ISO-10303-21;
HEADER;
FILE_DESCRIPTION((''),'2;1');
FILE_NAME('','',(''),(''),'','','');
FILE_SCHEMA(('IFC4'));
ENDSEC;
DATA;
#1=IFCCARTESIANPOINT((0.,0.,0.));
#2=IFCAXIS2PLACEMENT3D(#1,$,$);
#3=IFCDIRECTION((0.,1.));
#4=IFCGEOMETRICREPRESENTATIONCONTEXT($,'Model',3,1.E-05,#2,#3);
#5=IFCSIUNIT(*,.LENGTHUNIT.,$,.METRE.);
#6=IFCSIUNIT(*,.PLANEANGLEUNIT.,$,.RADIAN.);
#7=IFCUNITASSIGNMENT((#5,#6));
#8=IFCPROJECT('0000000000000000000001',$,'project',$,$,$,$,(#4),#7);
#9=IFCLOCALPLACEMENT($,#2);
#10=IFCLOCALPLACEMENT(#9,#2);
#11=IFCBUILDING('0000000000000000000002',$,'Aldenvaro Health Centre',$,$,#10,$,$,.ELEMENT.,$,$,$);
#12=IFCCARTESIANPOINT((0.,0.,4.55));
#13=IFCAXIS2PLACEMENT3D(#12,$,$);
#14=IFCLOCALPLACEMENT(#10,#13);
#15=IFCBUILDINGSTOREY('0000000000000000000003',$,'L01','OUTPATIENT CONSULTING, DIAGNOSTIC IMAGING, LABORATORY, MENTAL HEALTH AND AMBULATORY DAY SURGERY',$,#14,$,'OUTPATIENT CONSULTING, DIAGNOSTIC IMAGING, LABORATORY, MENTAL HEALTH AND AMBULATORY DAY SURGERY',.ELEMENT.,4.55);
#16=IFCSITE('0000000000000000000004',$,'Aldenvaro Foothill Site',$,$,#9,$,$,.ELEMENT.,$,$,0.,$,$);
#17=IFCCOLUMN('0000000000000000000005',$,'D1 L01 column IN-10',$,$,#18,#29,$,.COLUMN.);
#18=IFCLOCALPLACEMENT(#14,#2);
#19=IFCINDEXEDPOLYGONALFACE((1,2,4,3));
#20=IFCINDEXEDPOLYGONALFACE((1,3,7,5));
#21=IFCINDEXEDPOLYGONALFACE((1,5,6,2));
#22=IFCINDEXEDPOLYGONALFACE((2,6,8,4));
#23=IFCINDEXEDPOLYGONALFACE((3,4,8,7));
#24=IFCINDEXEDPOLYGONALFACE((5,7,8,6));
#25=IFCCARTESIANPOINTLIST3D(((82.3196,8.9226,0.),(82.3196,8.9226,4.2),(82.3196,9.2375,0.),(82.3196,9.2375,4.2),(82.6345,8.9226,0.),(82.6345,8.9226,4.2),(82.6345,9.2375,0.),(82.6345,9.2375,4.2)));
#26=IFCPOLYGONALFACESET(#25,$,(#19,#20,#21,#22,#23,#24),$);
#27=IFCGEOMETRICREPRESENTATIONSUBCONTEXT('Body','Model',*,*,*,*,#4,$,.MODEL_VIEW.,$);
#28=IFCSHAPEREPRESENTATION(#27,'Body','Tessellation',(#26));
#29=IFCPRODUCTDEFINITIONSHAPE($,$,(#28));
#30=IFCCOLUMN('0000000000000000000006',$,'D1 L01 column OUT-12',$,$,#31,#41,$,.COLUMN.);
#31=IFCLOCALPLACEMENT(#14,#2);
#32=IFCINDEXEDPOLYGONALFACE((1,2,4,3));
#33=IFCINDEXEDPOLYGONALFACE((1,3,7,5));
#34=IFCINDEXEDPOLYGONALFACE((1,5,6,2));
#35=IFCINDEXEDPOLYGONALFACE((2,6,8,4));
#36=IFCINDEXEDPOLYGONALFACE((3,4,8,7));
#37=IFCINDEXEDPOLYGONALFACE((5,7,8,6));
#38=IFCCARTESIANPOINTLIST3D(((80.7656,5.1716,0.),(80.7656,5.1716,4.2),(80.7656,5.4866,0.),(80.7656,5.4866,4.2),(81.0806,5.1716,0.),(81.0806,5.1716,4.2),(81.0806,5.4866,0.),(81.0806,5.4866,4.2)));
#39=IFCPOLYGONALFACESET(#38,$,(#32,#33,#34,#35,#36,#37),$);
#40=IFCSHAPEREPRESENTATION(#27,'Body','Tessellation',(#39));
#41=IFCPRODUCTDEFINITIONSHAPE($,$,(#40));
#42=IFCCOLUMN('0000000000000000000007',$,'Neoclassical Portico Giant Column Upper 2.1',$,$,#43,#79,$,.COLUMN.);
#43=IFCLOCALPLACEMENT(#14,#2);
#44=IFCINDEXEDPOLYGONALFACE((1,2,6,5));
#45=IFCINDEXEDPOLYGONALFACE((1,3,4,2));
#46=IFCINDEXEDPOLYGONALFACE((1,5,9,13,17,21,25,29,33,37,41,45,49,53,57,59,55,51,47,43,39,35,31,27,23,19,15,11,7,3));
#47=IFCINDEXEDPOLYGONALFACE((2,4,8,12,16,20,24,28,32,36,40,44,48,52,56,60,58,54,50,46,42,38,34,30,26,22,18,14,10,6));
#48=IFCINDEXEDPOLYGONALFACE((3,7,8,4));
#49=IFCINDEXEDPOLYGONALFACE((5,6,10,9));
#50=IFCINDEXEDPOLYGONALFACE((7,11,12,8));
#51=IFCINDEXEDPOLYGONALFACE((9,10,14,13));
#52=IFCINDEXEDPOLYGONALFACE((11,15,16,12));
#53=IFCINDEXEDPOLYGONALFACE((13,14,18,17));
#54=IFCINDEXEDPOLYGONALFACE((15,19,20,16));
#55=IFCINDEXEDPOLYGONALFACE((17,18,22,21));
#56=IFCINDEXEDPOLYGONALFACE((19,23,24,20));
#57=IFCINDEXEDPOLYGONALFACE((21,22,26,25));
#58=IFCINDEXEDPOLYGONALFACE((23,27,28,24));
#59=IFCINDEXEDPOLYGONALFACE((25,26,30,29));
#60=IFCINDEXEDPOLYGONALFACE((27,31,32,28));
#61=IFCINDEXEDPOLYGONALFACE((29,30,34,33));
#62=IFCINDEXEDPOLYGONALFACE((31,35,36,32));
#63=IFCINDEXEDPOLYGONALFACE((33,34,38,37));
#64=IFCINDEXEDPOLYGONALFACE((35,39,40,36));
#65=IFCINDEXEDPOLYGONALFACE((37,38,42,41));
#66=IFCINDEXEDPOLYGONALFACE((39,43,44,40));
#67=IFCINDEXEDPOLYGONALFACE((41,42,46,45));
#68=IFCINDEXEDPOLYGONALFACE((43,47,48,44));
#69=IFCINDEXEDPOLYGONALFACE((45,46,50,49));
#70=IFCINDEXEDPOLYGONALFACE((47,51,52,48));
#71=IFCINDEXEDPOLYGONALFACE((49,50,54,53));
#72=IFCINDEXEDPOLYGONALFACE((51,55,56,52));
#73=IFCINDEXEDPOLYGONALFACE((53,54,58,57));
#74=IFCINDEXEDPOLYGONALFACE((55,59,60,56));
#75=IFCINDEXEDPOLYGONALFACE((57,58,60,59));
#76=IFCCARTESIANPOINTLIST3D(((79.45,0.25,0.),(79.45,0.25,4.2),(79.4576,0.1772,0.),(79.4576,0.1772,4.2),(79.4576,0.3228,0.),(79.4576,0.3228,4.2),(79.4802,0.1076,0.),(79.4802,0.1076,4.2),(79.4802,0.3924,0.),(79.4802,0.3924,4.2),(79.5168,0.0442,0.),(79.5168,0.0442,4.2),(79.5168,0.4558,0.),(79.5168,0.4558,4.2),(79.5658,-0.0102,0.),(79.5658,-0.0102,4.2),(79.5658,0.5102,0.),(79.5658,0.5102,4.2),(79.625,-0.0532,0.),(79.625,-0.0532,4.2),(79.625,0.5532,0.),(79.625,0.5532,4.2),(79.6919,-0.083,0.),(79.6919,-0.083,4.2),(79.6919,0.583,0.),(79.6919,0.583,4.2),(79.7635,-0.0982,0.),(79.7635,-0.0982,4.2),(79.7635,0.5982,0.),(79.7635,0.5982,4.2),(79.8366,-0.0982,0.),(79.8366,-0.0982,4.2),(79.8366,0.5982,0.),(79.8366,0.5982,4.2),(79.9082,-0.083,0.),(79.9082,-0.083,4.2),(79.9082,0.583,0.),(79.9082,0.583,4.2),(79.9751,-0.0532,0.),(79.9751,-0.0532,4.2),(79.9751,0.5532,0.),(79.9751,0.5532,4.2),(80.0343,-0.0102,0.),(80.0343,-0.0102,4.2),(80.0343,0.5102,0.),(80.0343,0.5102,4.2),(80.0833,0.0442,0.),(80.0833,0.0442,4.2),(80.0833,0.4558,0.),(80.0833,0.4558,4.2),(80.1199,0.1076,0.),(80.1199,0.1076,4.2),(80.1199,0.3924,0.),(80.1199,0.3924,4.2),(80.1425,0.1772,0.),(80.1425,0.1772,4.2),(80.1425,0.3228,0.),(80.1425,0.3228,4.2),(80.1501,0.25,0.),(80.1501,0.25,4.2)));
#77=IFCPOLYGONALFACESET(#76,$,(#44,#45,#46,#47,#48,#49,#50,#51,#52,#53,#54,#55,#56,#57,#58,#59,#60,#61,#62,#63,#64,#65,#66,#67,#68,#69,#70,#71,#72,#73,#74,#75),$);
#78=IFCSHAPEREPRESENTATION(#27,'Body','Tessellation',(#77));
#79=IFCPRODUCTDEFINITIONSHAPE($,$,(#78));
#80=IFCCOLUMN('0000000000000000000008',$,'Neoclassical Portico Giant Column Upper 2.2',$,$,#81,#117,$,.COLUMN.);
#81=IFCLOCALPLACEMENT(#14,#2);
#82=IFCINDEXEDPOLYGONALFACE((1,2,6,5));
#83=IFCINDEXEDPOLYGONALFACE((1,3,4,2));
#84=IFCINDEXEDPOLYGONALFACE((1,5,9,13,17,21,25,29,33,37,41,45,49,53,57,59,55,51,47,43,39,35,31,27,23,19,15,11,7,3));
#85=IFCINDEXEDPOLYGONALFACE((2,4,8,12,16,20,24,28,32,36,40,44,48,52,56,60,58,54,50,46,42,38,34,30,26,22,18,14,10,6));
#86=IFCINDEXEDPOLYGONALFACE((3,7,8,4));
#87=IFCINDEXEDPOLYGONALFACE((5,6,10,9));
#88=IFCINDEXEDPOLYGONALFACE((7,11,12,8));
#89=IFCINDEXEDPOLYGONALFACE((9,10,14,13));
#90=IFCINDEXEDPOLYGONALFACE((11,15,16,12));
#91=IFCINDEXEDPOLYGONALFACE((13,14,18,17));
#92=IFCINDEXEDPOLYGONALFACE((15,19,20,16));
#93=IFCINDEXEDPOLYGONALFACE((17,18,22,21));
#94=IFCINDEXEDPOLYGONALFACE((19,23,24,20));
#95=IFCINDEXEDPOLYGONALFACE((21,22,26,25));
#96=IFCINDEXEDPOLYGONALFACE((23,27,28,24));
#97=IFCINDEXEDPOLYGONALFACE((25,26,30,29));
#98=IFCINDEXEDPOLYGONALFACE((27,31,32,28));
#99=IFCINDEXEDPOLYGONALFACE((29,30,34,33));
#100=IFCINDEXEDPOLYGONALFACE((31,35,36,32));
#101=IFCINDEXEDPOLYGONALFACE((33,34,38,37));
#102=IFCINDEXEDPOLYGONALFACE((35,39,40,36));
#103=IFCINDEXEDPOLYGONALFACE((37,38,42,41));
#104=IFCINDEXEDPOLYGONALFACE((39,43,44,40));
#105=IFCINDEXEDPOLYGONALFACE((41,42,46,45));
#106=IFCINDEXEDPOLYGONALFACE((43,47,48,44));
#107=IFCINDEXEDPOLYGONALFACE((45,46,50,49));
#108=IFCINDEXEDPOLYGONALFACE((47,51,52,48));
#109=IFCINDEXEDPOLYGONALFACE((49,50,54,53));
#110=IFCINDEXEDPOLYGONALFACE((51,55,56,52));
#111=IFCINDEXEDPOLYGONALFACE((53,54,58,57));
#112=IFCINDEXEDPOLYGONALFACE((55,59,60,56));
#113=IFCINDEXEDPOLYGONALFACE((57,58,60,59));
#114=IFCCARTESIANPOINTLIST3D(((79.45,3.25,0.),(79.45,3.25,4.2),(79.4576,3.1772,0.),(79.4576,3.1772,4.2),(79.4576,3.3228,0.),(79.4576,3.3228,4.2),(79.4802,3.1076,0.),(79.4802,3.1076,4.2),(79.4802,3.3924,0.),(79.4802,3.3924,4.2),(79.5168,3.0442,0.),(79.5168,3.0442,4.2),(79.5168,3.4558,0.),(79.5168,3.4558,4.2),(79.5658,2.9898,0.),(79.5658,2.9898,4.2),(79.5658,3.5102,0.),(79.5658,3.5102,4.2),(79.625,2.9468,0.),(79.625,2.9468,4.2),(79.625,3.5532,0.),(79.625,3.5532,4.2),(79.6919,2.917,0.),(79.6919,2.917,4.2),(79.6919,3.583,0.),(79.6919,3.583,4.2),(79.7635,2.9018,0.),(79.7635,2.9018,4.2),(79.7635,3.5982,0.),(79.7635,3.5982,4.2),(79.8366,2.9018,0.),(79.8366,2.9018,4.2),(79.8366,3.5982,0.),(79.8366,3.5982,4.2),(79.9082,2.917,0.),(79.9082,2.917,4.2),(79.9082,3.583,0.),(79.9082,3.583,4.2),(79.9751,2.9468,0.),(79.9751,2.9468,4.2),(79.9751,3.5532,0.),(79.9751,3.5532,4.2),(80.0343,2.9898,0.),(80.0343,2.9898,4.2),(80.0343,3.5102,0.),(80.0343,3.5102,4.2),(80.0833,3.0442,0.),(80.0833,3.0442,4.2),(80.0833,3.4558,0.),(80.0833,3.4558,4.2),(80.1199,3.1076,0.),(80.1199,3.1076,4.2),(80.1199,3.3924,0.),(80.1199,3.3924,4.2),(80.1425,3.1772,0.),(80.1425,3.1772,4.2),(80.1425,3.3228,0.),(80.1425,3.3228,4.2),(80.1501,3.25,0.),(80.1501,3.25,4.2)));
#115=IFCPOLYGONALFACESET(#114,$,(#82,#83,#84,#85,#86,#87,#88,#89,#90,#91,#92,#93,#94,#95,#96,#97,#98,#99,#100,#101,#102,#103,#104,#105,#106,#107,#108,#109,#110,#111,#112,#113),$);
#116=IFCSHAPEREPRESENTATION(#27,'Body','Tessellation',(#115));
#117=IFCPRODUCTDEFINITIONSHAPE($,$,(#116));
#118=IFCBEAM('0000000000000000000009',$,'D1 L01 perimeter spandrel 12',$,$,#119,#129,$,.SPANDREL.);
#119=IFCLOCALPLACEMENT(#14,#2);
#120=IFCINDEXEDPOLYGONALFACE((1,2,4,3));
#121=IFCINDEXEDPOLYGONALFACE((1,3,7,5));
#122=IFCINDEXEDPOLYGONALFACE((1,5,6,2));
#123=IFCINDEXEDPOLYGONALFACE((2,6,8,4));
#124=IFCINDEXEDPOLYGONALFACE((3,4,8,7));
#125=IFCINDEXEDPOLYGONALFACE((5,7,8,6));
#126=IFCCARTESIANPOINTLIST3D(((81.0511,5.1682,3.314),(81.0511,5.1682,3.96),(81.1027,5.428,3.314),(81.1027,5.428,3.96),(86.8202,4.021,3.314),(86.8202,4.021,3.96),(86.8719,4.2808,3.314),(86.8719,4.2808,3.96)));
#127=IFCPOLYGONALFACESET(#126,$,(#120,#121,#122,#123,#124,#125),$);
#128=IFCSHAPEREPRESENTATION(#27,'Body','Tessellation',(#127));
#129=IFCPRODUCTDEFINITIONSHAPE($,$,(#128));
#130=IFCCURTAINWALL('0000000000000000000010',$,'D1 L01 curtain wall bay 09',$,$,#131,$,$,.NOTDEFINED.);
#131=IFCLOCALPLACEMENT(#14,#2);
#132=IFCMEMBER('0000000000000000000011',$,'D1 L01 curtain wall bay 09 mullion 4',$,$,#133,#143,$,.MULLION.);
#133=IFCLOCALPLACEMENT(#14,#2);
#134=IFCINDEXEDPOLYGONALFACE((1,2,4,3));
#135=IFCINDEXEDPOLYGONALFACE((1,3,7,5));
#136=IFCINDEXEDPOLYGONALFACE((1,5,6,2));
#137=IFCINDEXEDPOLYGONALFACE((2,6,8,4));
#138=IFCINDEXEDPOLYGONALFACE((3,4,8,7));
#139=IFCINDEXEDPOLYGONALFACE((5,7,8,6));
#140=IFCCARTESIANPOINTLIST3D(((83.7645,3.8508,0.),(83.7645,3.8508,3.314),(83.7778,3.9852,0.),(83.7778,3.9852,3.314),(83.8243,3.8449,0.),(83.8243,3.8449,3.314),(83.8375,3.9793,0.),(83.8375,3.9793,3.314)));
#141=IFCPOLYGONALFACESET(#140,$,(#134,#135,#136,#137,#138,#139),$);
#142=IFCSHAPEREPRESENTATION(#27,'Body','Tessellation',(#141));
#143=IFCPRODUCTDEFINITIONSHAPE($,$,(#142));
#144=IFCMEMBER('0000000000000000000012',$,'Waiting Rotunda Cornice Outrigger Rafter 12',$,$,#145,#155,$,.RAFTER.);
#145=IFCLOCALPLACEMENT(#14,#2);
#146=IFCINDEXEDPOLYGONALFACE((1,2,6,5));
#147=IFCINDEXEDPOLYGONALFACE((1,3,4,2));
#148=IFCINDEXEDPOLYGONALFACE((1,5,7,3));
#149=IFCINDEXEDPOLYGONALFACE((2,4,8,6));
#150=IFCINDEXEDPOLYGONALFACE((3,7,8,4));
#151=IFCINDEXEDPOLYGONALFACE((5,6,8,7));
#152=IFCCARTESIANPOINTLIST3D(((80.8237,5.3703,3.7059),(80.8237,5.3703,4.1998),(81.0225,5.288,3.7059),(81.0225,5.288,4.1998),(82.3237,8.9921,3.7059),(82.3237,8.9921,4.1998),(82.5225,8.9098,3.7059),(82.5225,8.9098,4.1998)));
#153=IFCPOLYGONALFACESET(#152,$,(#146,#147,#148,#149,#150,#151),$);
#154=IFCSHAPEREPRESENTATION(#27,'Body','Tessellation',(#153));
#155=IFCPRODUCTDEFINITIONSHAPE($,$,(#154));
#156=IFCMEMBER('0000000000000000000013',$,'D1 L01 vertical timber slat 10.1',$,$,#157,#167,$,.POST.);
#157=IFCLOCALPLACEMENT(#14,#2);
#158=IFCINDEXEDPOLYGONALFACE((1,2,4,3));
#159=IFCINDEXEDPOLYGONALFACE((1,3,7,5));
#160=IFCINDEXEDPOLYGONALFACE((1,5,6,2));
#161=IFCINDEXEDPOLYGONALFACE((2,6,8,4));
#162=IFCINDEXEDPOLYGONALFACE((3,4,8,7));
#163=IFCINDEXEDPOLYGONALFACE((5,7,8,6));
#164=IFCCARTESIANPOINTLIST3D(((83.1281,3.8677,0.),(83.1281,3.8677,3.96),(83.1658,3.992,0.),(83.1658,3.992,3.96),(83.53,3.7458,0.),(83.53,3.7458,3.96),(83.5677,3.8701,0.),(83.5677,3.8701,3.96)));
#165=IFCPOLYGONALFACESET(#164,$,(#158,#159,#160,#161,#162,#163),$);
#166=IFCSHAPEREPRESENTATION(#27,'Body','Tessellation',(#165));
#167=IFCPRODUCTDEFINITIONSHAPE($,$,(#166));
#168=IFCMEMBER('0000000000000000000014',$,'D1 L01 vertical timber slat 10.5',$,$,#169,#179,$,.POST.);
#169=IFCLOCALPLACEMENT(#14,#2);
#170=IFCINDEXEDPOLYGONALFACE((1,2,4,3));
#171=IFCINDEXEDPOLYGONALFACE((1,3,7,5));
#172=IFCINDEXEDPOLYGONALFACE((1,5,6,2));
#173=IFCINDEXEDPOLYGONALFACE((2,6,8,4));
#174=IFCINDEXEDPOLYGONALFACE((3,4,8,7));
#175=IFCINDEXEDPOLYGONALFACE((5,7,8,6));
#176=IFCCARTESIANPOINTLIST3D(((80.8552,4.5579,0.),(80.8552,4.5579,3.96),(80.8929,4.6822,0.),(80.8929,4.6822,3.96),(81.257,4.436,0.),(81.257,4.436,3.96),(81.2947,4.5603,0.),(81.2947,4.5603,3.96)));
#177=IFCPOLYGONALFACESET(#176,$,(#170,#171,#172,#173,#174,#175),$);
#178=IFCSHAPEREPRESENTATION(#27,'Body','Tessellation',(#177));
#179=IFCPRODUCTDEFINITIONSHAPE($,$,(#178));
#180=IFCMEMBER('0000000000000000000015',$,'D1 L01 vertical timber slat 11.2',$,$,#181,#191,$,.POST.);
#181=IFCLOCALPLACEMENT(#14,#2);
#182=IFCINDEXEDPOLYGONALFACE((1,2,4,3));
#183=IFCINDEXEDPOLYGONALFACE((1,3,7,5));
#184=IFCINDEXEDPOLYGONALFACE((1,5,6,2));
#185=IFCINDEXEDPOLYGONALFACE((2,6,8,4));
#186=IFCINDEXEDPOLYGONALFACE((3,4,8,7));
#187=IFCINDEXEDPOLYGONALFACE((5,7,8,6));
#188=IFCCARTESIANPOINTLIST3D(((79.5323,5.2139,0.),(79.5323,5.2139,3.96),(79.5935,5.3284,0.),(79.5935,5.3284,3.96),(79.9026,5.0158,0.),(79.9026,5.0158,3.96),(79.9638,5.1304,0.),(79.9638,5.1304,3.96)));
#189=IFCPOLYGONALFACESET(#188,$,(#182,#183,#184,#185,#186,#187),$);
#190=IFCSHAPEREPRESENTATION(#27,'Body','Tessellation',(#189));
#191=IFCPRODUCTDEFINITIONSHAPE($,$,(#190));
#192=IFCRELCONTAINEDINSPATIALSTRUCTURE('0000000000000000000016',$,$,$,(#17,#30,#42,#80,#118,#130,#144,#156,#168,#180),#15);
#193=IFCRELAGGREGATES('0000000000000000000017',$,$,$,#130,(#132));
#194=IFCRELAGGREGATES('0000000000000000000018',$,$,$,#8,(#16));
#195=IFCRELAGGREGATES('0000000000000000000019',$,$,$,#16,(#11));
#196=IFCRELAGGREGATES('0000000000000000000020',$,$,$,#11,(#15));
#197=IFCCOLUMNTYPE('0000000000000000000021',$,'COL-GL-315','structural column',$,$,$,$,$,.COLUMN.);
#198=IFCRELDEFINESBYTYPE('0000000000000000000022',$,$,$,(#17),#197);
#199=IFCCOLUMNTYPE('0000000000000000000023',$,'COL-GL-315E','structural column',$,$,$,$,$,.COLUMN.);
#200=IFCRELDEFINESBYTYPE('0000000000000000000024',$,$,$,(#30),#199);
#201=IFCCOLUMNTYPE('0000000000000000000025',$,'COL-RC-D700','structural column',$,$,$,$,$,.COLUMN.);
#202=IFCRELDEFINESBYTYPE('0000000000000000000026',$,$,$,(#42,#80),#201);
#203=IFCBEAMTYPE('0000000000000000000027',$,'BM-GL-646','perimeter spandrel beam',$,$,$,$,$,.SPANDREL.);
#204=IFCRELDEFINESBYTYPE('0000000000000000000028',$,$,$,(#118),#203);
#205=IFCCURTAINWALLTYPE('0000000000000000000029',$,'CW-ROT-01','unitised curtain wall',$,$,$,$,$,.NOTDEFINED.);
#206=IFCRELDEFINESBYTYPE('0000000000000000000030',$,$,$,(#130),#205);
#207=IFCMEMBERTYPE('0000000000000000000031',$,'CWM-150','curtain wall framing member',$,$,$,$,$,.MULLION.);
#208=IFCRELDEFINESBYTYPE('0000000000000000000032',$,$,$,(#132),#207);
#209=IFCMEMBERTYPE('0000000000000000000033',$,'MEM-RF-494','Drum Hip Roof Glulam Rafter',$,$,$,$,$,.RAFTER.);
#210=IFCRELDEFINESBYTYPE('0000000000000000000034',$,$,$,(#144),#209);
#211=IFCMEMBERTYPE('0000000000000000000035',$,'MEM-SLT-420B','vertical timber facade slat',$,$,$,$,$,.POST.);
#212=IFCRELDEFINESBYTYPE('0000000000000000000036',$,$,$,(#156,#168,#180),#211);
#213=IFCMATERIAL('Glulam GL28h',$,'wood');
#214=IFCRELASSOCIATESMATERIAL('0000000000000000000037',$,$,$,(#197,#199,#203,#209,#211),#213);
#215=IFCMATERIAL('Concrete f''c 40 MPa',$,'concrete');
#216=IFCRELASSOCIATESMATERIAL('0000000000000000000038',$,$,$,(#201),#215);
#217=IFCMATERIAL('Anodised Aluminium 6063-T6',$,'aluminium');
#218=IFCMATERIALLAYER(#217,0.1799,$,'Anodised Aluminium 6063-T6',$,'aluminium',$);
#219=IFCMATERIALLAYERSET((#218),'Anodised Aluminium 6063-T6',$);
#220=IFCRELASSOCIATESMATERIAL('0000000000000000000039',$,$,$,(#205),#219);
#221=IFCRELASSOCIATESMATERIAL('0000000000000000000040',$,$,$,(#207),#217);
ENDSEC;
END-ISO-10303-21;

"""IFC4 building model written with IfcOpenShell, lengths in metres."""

from ifc_helpers import new_model, si_unit, direction, frame, origin, origin_2d, place, context, subcontext, project, spatial, rectangle, circle, extrude, material, layer, layer_set, material_profile, profile_set, type_object, element, aggregate, save


model = new_model("IFC4")

# Units and contexts
model_context = context("Model", 3, precision=1e-05, world=origin(), true_north=direction((0.0, 1.0)))
body_context = subcontext(model_context, "Body", "Model", "MODEL_VIEW")
ifc_project = project(units=[si_unit("LENGTHUNIT", "METRE"), si_unit("PLANEANGLEUNIT", "RADIAN")], contexts=[model_context])

# Site, building, storey
site_placement = place(None, origin())
site = spatial("IfcSite", under=ifc_project, at=site_placement, Name="Aldenvaro Foothill Site", CompositionType="ELEMENT", RefElevation=0.0)
building_placement = place(site_placement, origin())
building = spatial("IfcBuilding", under=site, at=building_placement, Name="Aldenvaro Health Centre", CompositionType="ELEMENT")
storey_placement = place(building_placement, frame((0.0, 0.0, 4.55)))
storey = spatial("IfcBuildingStorey", under=building, at=storey_placement, Name="L01", Description="OUTPATIENT CONSULTING, DIAGNOSTIC IMAGING, LABORATORY, MENTAL HEALTH AND AMBULATORY DAY SURGERY", LongName="OUTPATIENT CONSULTING, DIAGNOSTIC IMAGING, LABORATORY, MENTAL HEALTH AND AMBULATORY DAY SURGERY", CompositionType="ELEMENT", Elevation=4.55)

# Columns
ifc_material_1 = material(Name="Glulam GL28h", Category="wood")
ifc_material_profile_1 = material_profile(ifc_material_1, rectangle(XDim=0.3149, YDim=0.3149, at=origin_2d()), Name="GL 315x315", Category="wood")
ifc_profile_set_1 = profile_set([ifc_material_profile_1], Name="Glulam GL28h")
column_type_1 = type_object("IfcColumnType", Name="COL-GL-315", Description="structural column", PredefinedType="COLUMN", material=ifc_profile_set_1)
column_1_placement = place(storey_placement, frame((82.4771, 9.0801, 0.0), z_axis=(0.0, 0.0, 1.0), x_axis=(1.0, 0.0, 0.0)))
element("IfcColumn", 1, at=column_1_placement, inside=storey, type_object=column_type_1, Name="D1 L01 column IN-10", PredefinedType="COLUMN", context=body_context, shape_type="SweptSolid", body=[
    extrude(rectangle(XDim=0.3149, YDim=0.3149, at=origin_2d()), origin(), (0.0, 0.0, 1.0), 4.2),
])
ifc_material_profile_2 = material_profile(ifc_material_1, rectangle(XDim=0.3149, YDim=0.3149, at=origin_2d()), Name="GL 315x315", Category="wood")
ifc_profile_set_2 = profile_set([ifc_material_profile_2], Name="Glulam GL28h")
column_type_2 = type_object("IfcColumnType", Name="COL-GL-315E", Description="structural column", PredefinedType="COLUMN", material=ifc_profile_set_2)
column_2_placement = place(storey_placement, frame((80.9231, 5.3291, 0.0), z_axis=(0.0, 0.0, 1.0), x_axis=(1.0, 0.0, 0.0)))
element("IfcColumn", 2, at=column_2_placement, inside=storey, type_object=column_type_2, Name="D1 L01 column OUT-12", PredefinedType="COLUMN", context=body_context, shape_type="SweptSolid", body=[
    extrude(rectangle(XDim=0.3149, YDim=0.3149, at=origin_2d()), origin(), (0.0, 0.0, 1.0), 4.2),
])
ifc_material_2 = material(Name="Concrete f'c 40 MPa", Category="concrete")
ifc_material_profile_3 = material_profile(ifc_material_2, circle(Radius=0.3501, at=origin_2d()), Name="RC D700", Category="concrete")
ifc_profile_set_3 = profile_set([ifc_material_profile_3], Name="Concrete f'c 40 MPa")
column_type_3 = type_object("IfcColumnType", Name="COL-RC-D700", Description="structural column", PredefinedType="COLUMN", material=ifc_profile_set_3)
for number, where, z_axis, x_axis, name in (
    (3, (79.8, 0.25, 0.0), (0.0, 0.0, 1.0), (1.0, 0.0, 0.0), "Neoclassical Portico Giant Column Upper 2.1"),
    (4, (79.8, 3.25, 0.0), (0.0, 0.0, 1.0), (1.0, 0.0, 0.0), "Neoclassical Portico Giant Column Upper 2.2"),
):
    element("IfcColumn", number, at=place(storey_placement, frame(where, z_axis=z_axis, x_axis=x_axis)), inside=storey, type_object=column_type_3, Name=name, PredefinedType="COLUMN", context=body_context, shape_type="SweptSolid", body=[
        extrude(circle(Radius=0.3501, at=origin_2d()), origin(), (0.0, 0.0, 1.0), 4.2),
    ])

# Beam
ifc_material_profile_4 = material_profile(ifc_material_1, rectangle(XDim=0.2649, YDim=0.646, at=origin_2d()), Name="GL 265x646", Category="wood")
ifc_profile_set_4 = profile_set([ifc_material_profile_4], Name="Glulam GL28h")
beam_type = type_object("IfcBeamType", Name="BM-GL-646", Description="perimeter spandrel beam", PredefinedType="SPANDREL", material=ifc_profile_set_4)
beam_placement = place(storey_placement, frame((81.0769, 5.2981, 3.637), z_axis=(0.980796, -0.195038, 0.0), x_axis=(0.195038, 0.980796, 0.0)))
element("IfcBeam", 5, at=beam_placement, inside=storey, type_object=beam_type, Name="D1 L01 perimeter spandrel 12", PredefinedType="SPANDREL", context=body_context, shape_type="SweptSolid", body=[
    extrude(rectangle(XDim=0.2649, YDim=0.646, at=origin_2d()), origin(), (0.0, 0.0, 1.0), 5.8821),
])

# Curtain wall, member
ifc_material_3 = material(Name="Anodised Aluminium 6063-T6", Category="aluminium")
ifc_layer_1 = layer(ifc_material_3, 0.1799, Name="Anodised Aluminium 6063-T6", Category="aluminium")
ifc_layer_set_1 = layer_set([ifc_layer_1], Name="Anodised Aluminium 6063-T6")
curtain_wall_type = type_object("IfcCurtainWallType", Name="CW-ROT-01", Description="unitised curtain wall", PredefinedType="NOTDEFINED", material=ifc_layer_set_1)
curtain_wall_placement = place(storey_placement, origin())
curtain_wall = element("IfcCurtainWall", 6, at=curtain_wall_placement, inside=storey, type_object=curtain_wall_type, Name="D1 L01 curtain wall bay 09", PredefinedType="NOTDEFINED")
ifc_material_profile_5 = material_profile(ifc_material_3, rectangle(XDim=0.0601, YDim=0.135, at=origin_2d()), Name="ALU 60x135", Category="aluminium")
ifc_profile_set_5 = profile_set([ifc_material_profile_5], Name="Anodised Aluminium 6063-T6")
member_type_1 = type_object("IfcMemberType", Name="CWM-150", Description="curtain wall framing member", PredefinedType="MULLION", material=ifc_profile_set_5)
member_1_placement = place(storey_placement, frame((83.801, 3.915, 0.0), z_axis=(0.0, 0.0, 1.0), x_axis=(-0.995187, 0.097994, 0.0)))
member_1 = element("IfcMember", 7, at=member_1_placement, type_object=member_type_1, Name="D1 L01 curtain wall bay 09 mullion 4", PredefinedType="MULLION", context=body_context, shape_type="SweptSolid", body=[
    extrude(rectangle(XDim=0.0601, YDim=0.135, at=origin_2d()), origin(), (0.0, 0.0, 1.0), 3.314),
])

# Members
ifc_material_profile_6 = material_profile(ifc_material_1, rectangle(XDim=0.2151, YDim=0.4939, at=origin_2d()), Name="GL 215x494", Category="wood")
ifc_profile_set_6 = profile_set([ifc_material_profile_6], Name="Glulam GL28h")
member_type_2 = type_object("IfcMemberType", Name="MEM-RF-494", Description="Drum Hip Roof Glulam Rafter", PredefinedType="RAFTER", material=ifc_profile_set_6)
member_2_placement = place(storey_placement, frame((80.9231, 5.3291, 3.9529), z_axis=(0.382638, 0.923898, 0.0), x_axis=(-0.923898, 0.382638, 0.0)))
element("IfcMember", 8, at=member_2_placement, inside=storey, type_object=member_type_2, Name="Waiting Rotunda Cornice Outrigger Rafter 12", PredefinedType="RAFTER", context=body_context, shape_type="SweptSolid", body=[
    extrude(rectangle(XDim=0.2151, YDim=0.4939, at=origin_2d()), origin(), (0.0, 0.0, 1.0), 3.9202),
])
ifc_material_profile_7 = material_profile(ifc_material_1, rectangle(XDim=0.1299, YDim=0.4199, at=origin_2d()), Name="GL 130x420", Category="wood")
ifc_profile_set_7 = profile_set([ifc_material_profile_7], Name="Glulam GL28h")
member_type_3 = type_object("IfcMemberType", Name="MEM-SLT-420B", Description="vertical timber facade slat", PredefinedType="POST", material=ifc_profile_set_7)
for number, where, z_axis, x_axis, name in (
    (9, (83.3479, 3.8689, 0.0), (0.0, 0.0, 1.0), (-0.290171, -0.956975, 0.0), "D1 L01 vertical timber slat 10.1"),
    (10, (81.075, 4.5591, 0.0), (0.0, 0.0, 1.0), (-0.290171, -0.956975, 0.0), "D1 L01 vertical timber slat 10.5"),
    (11, (79.748, 5.1721, 0.0), (0.0, 0.0, 1.0), (-0.471557, -0.881836, 0.0), "D1 L01 vertical timber slat 11.2"),
):
    element("IfcMember", number, at=place(storey_placement, frame(where, z_axis=z_axis, x_axis=x_axis)), inside=storey, type_object=member_type_3, Name=name, PredefinedType="POST", context=body_context, shape_type="SweptSolid", body=[
        extrude(rectangle(XDim=0.1299, YDim=0.4199, at=origin_2d()), origin(), (0.0, 0.0, 1.0), 3.96),
    ])

aggregate(curtain_wall, [member_1])

save(model, "model.ifc")
